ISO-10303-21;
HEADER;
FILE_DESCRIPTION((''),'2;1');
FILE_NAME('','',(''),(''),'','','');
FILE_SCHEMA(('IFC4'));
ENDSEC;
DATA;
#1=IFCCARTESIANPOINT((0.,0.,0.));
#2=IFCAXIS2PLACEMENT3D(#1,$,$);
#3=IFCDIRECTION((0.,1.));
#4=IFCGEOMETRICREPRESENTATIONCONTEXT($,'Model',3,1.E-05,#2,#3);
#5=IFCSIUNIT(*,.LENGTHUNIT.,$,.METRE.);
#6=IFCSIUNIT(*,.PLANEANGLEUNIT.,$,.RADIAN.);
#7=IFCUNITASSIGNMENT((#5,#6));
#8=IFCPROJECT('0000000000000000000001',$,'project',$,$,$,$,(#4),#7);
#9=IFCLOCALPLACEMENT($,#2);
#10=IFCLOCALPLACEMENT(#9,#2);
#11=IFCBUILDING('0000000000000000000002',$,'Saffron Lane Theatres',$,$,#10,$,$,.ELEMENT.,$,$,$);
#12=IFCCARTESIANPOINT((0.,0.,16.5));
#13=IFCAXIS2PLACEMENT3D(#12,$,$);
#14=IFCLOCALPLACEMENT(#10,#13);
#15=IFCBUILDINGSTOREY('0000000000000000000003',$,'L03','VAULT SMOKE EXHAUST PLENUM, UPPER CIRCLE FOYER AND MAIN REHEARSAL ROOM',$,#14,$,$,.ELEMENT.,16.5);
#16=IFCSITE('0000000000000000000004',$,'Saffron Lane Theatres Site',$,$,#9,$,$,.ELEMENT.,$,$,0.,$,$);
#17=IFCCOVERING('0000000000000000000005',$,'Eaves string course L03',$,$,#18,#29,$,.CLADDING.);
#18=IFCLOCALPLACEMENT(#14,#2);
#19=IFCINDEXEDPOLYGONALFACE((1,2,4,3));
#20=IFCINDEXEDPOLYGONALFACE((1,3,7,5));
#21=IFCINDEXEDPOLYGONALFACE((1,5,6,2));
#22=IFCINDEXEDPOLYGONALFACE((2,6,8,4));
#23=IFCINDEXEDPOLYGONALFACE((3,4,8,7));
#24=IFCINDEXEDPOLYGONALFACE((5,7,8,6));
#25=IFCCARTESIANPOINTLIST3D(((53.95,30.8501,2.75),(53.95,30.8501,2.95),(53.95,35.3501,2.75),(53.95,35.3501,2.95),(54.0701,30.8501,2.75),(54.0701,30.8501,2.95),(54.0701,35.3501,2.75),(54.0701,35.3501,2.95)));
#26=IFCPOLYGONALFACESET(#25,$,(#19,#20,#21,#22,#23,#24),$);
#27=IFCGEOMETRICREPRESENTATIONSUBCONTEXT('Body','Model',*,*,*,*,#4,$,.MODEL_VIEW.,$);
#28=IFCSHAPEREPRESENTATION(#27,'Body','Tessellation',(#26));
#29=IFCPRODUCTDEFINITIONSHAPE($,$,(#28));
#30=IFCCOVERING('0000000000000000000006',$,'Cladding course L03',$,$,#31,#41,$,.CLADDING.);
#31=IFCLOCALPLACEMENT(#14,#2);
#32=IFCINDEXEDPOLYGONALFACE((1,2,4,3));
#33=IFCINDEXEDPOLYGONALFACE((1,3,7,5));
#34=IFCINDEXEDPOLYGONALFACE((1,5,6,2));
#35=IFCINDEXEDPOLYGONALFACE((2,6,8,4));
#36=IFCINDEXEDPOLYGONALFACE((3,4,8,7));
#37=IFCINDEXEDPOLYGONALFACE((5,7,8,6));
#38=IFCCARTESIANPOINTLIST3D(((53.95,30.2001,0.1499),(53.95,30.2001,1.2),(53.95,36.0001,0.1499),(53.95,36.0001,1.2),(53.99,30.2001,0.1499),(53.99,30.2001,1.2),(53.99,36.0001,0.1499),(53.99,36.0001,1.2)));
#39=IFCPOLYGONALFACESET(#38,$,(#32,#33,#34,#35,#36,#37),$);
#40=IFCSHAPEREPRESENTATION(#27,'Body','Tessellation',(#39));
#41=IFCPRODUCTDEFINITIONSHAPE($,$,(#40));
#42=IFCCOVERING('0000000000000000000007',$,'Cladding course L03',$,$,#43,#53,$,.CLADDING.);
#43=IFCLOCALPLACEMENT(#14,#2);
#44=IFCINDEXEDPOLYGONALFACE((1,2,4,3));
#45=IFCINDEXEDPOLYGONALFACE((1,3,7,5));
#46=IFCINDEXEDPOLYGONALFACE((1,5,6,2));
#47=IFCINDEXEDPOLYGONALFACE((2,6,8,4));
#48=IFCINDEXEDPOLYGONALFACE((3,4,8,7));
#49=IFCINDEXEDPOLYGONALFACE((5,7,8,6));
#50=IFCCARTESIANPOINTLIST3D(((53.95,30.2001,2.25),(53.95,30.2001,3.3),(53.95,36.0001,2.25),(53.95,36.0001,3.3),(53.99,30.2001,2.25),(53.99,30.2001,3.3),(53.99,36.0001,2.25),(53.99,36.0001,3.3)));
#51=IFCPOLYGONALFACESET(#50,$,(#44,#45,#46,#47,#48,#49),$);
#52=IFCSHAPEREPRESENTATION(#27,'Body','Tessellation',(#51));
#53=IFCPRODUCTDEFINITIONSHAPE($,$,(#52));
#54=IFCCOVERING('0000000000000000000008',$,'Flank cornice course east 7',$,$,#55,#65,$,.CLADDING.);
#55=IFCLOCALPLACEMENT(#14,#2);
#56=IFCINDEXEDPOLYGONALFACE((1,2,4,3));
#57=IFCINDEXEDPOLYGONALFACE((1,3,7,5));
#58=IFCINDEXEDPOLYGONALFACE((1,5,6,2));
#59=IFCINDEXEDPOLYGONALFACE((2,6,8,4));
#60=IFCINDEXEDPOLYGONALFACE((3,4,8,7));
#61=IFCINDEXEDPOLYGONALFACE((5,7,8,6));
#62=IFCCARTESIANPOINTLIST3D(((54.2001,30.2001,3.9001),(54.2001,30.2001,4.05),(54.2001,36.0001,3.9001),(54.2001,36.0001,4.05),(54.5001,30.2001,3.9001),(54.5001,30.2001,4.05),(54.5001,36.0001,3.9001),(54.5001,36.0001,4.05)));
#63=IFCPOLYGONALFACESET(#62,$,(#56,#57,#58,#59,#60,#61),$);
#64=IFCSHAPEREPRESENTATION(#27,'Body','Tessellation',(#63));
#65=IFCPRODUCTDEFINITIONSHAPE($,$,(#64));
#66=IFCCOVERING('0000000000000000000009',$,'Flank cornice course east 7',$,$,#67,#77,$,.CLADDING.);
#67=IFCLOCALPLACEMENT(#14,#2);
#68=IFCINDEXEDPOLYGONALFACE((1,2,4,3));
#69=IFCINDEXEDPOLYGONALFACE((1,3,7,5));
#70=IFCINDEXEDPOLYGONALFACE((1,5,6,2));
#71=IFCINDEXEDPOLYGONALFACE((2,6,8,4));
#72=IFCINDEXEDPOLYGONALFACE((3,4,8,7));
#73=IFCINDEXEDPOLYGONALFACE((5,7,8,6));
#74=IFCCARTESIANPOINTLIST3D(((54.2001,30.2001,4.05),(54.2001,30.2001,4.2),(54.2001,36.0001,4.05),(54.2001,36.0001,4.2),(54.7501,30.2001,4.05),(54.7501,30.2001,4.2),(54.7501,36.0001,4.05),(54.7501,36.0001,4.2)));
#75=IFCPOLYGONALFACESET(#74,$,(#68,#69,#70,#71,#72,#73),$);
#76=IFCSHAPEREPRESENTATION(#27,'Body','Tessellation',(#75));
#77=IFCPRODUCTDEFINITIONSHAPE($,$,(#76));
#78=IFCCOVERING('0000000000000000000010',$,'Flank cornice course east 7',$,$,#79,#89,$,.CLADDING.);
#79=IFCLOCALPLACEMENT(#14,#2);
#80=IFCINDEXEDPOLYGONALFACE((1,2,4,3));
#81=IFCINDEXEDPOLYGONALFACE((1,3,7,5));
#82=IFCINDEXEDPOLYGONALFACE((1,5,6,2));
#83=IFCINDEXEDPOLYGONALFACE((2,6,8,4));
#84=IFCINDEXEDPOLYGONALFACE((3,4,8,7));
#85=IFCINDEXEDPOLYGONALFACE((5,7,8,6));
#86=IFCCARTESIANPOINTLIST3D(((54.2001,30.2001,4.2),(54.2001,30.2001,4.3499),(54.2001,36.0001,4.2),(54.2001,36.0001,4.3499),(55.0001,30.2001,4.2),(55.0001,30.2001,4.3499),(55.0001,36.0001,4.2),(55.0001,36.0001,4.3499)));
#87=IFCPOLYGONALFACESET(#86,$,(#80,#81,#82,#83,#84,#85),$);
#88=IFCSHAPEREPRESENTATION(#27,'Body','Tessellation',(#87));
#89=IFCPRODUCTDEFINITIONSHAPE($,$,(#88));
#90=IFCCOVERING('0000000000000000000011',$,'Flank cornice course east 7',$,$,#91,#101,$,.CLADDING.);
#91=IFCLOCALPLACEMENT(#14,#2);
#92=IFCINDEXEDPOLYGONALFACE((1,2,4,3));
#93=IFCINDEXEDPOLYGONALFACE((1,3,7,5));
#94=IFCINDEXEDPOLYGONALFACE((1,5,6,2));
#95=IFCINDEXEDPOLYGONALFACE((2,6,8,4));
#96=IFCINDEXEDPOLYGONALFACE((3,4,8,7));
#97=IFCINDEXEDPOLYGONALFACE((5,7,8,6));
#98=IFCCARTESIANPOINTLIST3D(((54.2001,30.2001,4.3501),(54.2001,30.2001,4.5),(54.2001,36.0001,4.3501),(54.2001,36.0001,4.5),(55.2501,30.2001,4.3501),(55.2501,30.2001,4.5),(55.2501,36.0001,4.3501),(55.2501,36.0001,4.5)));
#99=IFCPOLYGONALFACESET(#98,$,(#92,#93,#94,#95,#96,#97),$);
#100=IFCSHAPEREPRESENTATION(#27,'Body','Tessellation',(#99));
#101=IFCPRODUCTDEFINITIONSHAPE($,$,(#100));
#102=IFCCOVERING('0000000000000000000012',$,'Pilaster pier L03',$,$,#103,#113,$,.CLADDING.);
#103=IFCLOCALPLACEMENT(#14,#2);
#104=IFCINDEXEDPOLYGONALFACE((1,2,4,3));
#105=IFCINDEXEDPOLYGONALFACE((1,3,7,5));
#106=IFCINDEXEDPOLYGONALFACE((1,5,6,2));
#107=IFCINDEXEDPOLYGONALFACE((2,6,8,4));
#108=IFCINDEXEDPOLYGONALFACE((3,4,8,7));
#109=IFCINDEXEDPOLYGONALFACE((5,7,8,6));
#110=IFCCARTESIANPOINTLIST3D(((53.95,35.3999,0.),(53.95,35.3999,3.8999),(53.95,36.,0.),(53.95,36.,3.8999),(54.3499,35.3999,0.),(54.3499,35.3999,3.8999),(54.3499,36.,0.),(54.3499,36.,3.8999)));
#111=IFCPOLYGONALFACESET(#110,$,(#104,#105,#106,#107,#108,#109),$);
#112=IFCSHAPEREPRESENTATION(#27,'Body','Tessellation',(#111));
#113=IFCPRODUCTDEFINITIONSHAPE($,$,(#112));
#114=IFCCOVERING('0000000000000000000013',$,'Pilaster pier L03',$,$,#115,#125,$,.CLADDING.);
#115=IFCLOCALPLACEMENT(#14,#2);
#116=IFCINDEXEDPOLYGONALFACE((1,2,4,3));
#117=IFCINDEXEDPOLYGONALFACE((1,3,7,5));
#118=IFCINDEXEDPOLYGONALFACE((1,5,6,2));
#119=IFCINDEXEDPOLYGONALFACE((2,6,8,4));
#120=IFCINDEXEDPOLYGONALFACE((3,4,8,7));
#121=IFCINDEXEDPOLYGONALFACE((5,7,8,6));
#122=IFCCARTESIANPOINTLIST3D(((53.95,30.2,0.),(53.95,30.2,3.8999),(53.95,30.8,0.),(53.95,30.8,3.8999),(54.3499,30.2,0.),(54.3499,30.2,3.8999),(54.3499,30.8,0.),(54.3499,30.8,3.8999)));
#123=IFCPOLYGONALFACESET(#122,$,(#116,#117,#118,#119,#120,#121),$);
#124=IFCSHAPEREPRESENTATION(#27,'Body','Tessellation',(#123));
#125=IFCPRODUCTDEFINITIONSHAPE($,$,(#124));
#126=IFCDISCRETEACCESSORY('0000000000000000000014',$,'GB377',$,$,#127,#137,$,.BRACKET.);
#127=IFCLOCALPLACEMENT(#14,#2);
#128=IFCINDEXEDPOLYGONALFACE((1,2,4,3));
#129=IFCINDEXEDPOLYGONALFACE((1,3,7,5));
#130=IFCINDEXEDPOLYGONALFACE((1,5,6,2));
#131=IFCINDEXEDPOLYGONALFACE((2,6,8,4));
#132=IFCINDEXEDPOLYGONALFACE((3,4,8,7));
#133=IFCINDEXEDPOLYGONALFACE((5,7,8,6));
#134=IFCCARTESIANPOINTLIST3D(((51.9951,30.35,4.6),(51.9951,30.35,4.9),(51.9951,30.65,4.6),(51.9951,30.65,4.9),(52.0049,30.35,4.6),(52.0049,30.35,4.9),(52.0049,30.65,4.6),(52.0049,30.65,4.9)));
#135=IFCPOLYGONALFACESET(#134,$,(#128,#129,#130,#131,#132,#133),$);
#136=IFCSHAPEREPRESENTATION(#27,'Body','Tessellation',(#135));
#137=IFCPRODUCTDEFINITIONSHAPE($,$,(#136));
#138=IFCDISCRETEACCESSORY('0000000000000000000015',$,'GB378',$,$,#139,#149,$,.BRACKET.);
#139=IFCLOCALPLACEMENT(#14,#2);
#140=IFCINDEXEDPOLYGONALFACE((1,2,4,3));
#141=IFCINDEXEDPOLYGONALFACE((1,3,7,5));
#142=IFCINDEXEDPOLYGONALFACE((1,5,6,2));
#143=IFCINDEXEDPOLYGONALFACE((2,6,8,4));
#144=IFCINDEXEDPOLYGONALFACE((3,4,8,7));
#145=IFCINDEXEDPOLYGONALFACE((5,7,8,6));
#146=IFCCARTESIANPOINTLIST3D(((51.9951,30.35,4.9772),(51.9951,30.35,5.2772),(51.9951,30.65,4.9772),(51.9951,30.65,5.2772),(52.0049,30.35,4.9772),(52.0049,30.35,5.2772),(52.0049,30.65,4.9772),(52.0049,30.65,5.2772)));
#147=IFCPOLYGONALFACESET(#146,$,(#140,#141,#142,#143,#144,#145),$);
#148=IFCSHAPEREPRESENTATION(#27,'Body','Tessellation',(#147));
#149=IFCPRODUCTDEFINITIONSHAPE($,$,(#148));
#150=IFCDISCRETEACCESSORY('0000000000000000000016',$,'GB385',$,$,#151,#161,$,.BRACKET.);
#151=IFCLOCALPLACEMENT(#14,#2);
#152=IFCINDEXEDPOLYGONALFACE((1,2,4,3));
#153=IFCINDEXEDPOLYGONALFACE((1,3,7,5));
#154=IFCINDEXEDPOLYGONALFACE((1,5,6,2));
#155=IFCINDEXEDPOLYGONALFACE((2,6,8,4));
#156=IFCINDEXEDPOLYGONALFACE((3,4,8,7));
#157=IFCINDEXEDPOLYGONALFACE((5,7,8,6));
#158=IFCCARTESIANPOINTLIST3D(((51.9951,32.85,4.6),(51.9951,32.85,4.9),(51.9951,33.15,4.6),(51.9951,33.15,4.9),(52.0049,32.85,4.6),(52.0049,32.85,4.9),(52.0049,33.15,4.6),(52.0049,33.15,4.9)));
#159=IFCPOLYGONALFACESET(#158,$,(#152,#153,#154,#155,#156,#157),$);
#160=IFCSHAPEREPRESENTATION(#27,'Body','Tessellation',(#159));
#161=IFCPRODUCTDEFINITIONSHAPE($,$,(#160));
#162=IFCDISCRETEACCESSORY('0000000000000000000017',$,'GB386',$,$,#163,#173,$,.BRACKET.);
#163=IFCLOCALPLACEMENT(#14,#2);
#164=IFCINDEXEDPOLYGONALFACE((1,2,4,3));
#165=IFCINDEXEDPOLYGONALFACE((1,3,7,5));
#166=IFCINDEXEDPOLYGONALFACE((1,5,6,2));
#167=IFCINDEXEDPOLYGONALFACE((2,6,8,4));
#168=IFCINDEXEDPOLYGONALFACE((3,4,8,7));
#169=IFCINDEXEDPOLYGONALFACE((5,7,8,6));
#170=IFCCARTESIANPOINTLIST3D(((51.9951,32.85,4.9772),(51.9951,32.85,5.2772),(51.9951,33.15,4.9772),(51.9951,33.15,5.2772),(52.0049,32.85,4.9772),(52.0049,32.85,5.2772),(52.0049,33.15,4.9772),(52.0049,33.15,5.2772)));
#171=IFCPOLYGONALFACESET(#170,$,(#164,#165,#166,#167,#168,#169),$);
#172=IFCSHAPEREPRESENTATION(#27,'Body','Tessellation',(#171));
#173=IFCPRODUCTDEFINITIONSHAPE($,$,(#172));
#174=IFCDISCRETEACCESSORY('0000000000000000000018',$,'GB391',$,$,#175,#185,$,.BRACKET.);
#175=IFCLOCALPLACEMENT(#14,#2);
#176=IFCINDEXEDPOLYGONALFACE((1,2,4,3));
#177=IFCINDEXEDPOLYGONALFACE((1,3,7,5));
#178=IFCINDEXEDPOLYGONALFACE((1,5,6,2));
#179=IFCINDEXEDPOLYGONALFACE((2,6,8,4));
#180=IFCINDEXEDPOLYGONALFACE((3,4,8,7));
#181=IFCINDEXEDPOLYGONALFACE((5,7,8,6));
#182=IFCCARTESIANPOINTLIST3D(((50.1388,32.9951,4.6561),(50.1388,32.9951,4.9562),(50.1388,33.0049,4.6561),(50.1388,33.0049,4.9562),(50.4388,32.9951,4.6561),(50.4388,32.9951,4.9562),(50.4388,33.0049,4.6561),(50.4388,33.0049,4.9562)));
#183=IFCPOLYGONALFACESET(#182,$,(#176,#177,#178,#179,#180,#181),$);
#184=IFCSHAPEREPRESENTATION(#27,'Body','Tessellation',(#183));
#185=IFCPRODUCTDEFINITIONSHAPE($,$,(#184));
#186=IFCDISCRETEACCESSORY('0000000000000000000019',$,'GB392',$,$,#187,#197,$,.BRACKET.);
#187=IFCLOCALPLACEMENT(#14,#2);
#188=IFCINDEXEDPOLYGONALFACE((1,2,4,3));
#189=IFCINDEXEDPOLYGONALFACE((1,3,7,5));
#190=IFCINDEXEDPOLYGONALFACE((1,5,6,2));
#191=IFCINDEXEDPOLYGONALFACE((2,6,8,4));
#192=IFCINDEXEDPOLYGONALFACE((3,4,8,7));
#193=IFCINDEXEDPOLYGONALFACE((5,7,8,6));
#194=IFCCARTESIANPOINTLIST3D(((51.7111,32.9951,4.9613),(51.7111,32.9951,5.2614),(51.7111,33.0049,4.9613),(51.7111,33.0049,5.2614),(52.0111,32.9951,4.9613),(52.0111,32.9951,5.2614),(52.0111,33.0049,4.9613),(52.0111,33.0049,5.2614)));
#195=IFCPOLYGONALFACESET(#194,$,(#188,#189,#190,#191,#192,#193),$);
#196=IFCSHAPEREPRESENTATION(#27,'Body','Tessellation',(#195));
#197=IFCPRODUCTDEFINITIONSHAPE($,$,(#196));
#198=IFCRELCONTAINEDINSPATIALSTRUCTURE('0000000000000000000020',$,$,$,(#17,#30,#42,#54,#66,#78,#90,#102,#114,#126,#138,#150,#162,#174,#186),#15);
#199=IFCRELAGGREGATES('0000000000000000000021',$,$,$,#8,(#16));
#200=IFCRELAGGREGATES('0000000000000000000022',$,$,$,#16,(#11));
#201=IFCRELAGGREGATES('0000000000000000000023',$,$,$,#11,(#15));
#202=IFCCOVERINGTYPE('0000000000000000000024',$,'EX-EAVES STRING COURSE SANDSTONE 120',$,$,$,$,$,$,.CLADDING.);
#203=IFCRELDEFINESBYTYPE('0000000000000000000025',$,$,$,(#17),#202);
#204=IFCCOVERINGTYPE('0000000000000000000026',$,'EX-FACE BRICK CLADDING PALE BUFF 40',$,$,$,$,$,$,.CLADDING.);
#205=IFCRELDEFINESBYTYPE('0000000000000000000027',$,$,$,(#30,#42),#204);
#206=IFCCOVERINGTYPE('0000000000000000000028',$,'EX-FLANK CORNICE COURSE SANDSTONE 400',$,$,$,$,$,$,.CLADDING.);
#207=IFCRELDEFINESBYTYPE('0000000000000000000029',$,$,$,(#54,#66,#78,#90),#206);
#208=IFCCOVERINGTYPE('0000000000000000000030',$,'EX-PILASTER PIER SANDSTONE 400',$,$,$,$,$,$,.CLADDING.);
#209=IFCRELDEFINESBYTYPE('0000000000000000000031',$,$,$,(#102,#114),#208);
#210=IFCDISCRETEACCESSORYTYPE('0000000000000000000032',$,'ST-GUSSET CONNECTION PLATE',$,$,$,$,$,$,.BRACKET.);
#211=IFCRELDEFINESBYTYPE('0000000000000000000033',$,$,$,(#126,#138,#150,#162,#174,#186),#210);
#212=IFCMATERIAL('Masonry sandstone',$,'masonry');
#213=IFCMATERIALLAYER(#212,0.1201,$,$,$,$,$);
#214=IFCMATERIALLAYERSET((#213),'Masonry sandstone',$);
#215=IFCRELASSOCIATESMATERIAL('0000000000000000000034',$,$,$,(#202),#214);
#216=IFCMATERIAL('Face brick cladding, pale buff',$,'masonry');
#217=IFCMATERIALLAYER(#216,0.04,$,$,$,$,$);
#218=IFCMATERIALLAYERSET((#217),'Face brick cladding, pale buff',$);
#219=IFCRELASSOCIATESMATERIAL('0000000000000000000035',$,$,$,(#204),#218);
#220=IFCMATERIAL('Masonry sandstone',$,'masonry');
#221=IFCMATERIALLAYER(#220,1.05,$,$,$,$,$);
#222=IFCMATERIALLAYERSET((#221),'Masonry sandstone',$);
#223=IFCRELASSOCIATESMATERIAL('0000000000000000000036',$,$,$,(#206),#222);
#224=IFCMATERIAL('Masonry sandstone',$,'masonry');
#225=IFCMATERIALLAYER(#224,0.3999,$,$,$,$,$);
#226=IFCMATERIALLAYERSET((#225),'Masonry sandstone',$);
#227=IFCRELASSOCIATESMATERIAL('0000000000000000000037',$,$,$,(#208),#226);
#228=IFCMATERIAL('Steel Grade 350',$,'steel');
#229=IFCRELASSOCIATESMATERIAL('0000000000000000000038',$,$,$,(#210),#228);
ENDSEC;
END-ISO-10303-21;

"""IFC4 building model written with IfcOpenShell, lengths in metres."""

from ifc_helpers import new_model, si_unit, direction, frame, origin, origin_2d, place, context, subcontext, project, spatial, rectangle, extrude, material, layer, layer_set, material_profile, profile_set, type_object, element, save


model = new_model("IFC4")

# Units and contexts
model_context = context("Model", 3, precision=1e-05, world=origin(), true_north=direction((0.0, 1.0)))
body_context = subcontext(model_context, "Body", "Model", "MODEL_VIEW")
ifc_project = project(units=[si_unit("LENGTHUNIT", "METRE"), si_unit("PLANEANGLEUNIT", "RADIAN")], contexts=[model_context])

# Site, building, storey
site_placement = place(None, origin())
site = spatial("IfcSite", under=ifc_project, at=site_placement, Name="Saffron Lane Theatres Site", CompositionType="ELEMENT", RefElevation=0.0)
building_placement = place(site_placement, origin())
building = spatial("IfcBuilding", under=site, at=building_placement, Name="Saffron Lane Theatres", CompositionType="ELEMENT")
storey_placement = place(building_placement, frame((0.0, 0.0, 16.5)))
storey = spatial("IfcBuildingStorey", under=building, at=storey_placement, Name="L03", Description="VAULT SMOKE EXHAUST PLENUM, UPPER CIRCLE FOYER AND MAIN REHEARSAL ROOM", CompositionType="ELEMENT", Elevation=16.5)

# Coverings
ifc_material_1 = material(Name="Masonry sandstone", Category="masonry")
ifc_layer_1 = layer(ifc_material_1, 0.1201)
ifc_layer_set_1 = layer_set([ifc_layer_1], Name="Masonry sandstone")
covering_type_1 = type_object("IfcCoveringType", Name="EX-EAVES STRING COURSE SANDSTONE 120", PredefinedType="CLADDING", material=ifc_layer_set_1)
covering_1_placement = place(storey_placement, frame((54.01, 33.1001, 2.75), z_axis=(0.0, 0.0, 1.0), x_axis=(0.0, -1.0, 0.0)))
element("IfcCovering", 1, at=covering_1_placement, inside=storey, type_object=covering_type_1, Name="Eaves string course L03", PredefinedType="CLADDING", context=body_context, shape_type="SweptSolid", body=[
    extrude(rectangle(XDim=4.5, YDim=0.1201, at=origin_2d()), origin(), (0.0, 0.0, 1.0), 0.2),
])
ifc_material_2 = material(Name="Face brick cladding, pale buff", Category="masonry")
ifc_layer_2 = layer(ifc_material_2, 0.04)
ifc_layer_set_2 = layer_set([ifc_layer_2], Name="Face brick cladding, pale buff")
covering_type_2 = type_object("IfcCoveringType", Name="EX-FACE BRICK CLADDING PALE BUFF 40", PredefinedType="CLADDING", material=ifc_layer_set_2)
for number, where, z_axis, x_axis, name in (
    (2, (53.97, 33.1001, 0.1499), (0.0, 0.0, 1.0), (0.0, -1.0, 0.0), "Cladding course L03"),
    (3, (53.97, 33.1001, 2.25), (0.0, 0.0, 1.0), (0.0, -1.0, 0.0), "Cladding course L03"),
):
    element("IfcCovering", number, at=place(storey_placement, frame(where, z_axis=z_axis, x_axis=x_axis)), inside=storey, type_object=covering_type_2, Name=name, PredefinedType="CLADDING", context=body_context, shape_type="SweptSolid", body=[
        extrude(rectangle(XDim=5.8, YDim=0.04, at=origin_2d()), origin(), (0.0, 0.0, 1.0), 1.05),
    ])
ifc_material_3 = material(Name="Masonry sandstone", Category="masonry")
ifc_layer_3 = layer(ifc_material_3, 1.05)
ifc_layer_set_3 = layer_set([ifc_layer_3], Name="Masonry sandstone")
covering_type_3 = type_object("IfcCoveringType", Name="EX-FLANK CORNICE COURSE SANDSTONE 400", PredefinedType="CLADDING", material=ifc_layer_set_3)
covering_2_placement = place(storey_placement, frame((54.3501, 33.1001, 3.9001), z_axis=(0.0, 0.0, 1.0), x_axis=(0.0, 1.0, 0.0)))
element("IfcCovering", 4, at=covering_2_placement, inside=storey, type_object=covering_type_3, Name="Flank cornice course east 7", PredefinedType="CLADDING", context=body_context, shape_type="SweptSolid", body=[
    extrude(rectangle(XDim=5.8, YDim=0.3, at=origin_2d()), origin(), (0.0, 0.0, 1.0), 0.1499),
])
covering_3_placement = place(storey_placement, frame((54.4751, 33.1001, 4.05), z_axis=(0.0, 0.0, 1.0), x_axis=(0.0, 1.0, 0.0)))
element("IfcCovering", 5, at=covering_3_placement, inside=storey, type_object=covering_type_3, Name="Flank cornice course east 7", PredefinedType="CLADDING", context=body_context, shape_type="SweptSolid", body=[
    extrude(rectangle(XDim=5.8, YDim=0.55, at=origin_2d()), origin(), (0.0, 0.0, 1.0), 0.1499),
])
covering_4_placement = place(storey_placement, frame((54.6001, 33.1001, 4.2), z_axis=(0.0, 0.0, 1.0), x_axis=(0.0, 1.0, 0.0)))
element("IfcCovering", 6, at=covering_4_placement, inside=storey, type_object=covering_type_3, Name="Flank cornice course east 7", PredefinedType="CLADDING", context=body_context, shape_type="SweptSolid", body=[
    extrude(rectangle(XDim=5.8, YDim=0.8, at=origin_2d()), origin(), (0.0, 0.0, 1.0), 0.1499),
])
covering_5_placement = place(storey_placement, frame((54.7251, 33.1001, 4.3501), z_axis=(0.0, 0.0, 1.0), x_axis=(0.0, 1.0, 0.0)))
element("IfcCovering", 7, at=covering_5_placement, inside=storey, type_object=covering_type_3, Name="Flank cornice course east 7", PredefinedType="CLADDING", context=body_context, shape_type="SweptSolid", body=[
    extrude(rectangle(XDim=5.8, YDim=1.05, at=origin_2d()), origin(), (0.0, 0.0, 1.0), 0.1499),
])
ifc_material_4 = material(Name="Masonry sandstone", Category="masonry")
ifc_layer_4 = layer(ifc_material_4, 0.3999)
ifc_layer_set_4 = layer_set([ifc_layer_4], Name="Masonry sandstone")
covering_type_4 = type_object("IfcCoveringType", Name="EX-PILASTER PIER SANDSTONE 400", PredefinedType="CLADDING", material=ifc_layer_set_4)
for number, where, z_axis, x_axis, name in (
    (8, (54.1499, 35.7, 0.0), (0.0, 0.0, 1.0), (0.0, -1.0, 0.0), "Pilaster pier L03"),
    (9, (54.1499, 30.5, 0.0), (0.0, 0.0, 1.0), (0.0, -1.0, 0.0), "Pilaster pier L03"),
):
    element("IfcCovering", number, at=place(storey_placement, frame(where, z_axis=z_axis, x_axis=x_axis)), inside=storey, type_object=covering_type_4, Name=name, PredefinedType="CLADDING", context=body_context, shape_type="SweptSolid", body=[
        extrude(rectangle(XDim=0.6001, YDim=0.3999, at=origin_2d()), origin(), (0.0, 0.0, 1.0), 3.8999),
    ])

# Discrete accessories
ifc_material_5 = material(Name="Steel Grade 350", Category="steel")
ifc_material_profile_1 = material_profile(ifc_material_5, rectangle(XDim=0.3, YDim=0.3, at=origin_2d()))
ifc_profile_set_1 = profile_set([ifc_material_profile_1], Name="Steel Grade 350")
discrete_accessory_type_1 = type_object("IfcDiscreteAccessoryType", Name="ST-GUSSET CONNECTION PLATE", PredefinedType="BRACKET", material=ifc_profile_set_1)
for number, where, z_axis, x_axis, name in (
    (10, (51.9951, 30.5, 4.75), (1.0, 0.0, 0.0), (0.0, 1.0, 0.0), "GB377"),
    (11, (51.9951, 30.5, 5.1272), (1.0, 0.0, 0.0), (0.0, 1.0, 0.0), "GB378"),
    (12, (51.9951, 33.0, 4.75), (1.0, 0.0, 0.0), (0.0, 1.0, 0.0), "GB385"),
    (13, (51.9951, 33.0, 5.1272), (1.0, 0.0, 0.0), (0.0, 1.0, 0.0), "GB386"),
    (14, (50.2888, 32.9951, 4.8062), (0.0, 1.0, 0.0), (-1.0, 0.0, 0.0), "GB391"),
    (15, (51.8611, 32.9951, 5.1113), (0.0, 1.0, 0.0), (-1.0, 0.0, 0.0), "GB392"),
):
    element("IfcDiscreteAccessory", number, at=place(storey_placement, frame(where, z_axis=z_axis, x_axis=x_axis)), inside=storey, type_object=discrete_accessory_type_1, Name=name, PredefinedType="BRACKET", context=body_context, shape_type="SweptSolid", body=[
        extrude(rectangle(XDim=0.3, YDim=0.3, at=origin_2d()), origin(), (0.0, 0.0, 1.0), 0.0098),
    ])

save(model, "model.ifc")
